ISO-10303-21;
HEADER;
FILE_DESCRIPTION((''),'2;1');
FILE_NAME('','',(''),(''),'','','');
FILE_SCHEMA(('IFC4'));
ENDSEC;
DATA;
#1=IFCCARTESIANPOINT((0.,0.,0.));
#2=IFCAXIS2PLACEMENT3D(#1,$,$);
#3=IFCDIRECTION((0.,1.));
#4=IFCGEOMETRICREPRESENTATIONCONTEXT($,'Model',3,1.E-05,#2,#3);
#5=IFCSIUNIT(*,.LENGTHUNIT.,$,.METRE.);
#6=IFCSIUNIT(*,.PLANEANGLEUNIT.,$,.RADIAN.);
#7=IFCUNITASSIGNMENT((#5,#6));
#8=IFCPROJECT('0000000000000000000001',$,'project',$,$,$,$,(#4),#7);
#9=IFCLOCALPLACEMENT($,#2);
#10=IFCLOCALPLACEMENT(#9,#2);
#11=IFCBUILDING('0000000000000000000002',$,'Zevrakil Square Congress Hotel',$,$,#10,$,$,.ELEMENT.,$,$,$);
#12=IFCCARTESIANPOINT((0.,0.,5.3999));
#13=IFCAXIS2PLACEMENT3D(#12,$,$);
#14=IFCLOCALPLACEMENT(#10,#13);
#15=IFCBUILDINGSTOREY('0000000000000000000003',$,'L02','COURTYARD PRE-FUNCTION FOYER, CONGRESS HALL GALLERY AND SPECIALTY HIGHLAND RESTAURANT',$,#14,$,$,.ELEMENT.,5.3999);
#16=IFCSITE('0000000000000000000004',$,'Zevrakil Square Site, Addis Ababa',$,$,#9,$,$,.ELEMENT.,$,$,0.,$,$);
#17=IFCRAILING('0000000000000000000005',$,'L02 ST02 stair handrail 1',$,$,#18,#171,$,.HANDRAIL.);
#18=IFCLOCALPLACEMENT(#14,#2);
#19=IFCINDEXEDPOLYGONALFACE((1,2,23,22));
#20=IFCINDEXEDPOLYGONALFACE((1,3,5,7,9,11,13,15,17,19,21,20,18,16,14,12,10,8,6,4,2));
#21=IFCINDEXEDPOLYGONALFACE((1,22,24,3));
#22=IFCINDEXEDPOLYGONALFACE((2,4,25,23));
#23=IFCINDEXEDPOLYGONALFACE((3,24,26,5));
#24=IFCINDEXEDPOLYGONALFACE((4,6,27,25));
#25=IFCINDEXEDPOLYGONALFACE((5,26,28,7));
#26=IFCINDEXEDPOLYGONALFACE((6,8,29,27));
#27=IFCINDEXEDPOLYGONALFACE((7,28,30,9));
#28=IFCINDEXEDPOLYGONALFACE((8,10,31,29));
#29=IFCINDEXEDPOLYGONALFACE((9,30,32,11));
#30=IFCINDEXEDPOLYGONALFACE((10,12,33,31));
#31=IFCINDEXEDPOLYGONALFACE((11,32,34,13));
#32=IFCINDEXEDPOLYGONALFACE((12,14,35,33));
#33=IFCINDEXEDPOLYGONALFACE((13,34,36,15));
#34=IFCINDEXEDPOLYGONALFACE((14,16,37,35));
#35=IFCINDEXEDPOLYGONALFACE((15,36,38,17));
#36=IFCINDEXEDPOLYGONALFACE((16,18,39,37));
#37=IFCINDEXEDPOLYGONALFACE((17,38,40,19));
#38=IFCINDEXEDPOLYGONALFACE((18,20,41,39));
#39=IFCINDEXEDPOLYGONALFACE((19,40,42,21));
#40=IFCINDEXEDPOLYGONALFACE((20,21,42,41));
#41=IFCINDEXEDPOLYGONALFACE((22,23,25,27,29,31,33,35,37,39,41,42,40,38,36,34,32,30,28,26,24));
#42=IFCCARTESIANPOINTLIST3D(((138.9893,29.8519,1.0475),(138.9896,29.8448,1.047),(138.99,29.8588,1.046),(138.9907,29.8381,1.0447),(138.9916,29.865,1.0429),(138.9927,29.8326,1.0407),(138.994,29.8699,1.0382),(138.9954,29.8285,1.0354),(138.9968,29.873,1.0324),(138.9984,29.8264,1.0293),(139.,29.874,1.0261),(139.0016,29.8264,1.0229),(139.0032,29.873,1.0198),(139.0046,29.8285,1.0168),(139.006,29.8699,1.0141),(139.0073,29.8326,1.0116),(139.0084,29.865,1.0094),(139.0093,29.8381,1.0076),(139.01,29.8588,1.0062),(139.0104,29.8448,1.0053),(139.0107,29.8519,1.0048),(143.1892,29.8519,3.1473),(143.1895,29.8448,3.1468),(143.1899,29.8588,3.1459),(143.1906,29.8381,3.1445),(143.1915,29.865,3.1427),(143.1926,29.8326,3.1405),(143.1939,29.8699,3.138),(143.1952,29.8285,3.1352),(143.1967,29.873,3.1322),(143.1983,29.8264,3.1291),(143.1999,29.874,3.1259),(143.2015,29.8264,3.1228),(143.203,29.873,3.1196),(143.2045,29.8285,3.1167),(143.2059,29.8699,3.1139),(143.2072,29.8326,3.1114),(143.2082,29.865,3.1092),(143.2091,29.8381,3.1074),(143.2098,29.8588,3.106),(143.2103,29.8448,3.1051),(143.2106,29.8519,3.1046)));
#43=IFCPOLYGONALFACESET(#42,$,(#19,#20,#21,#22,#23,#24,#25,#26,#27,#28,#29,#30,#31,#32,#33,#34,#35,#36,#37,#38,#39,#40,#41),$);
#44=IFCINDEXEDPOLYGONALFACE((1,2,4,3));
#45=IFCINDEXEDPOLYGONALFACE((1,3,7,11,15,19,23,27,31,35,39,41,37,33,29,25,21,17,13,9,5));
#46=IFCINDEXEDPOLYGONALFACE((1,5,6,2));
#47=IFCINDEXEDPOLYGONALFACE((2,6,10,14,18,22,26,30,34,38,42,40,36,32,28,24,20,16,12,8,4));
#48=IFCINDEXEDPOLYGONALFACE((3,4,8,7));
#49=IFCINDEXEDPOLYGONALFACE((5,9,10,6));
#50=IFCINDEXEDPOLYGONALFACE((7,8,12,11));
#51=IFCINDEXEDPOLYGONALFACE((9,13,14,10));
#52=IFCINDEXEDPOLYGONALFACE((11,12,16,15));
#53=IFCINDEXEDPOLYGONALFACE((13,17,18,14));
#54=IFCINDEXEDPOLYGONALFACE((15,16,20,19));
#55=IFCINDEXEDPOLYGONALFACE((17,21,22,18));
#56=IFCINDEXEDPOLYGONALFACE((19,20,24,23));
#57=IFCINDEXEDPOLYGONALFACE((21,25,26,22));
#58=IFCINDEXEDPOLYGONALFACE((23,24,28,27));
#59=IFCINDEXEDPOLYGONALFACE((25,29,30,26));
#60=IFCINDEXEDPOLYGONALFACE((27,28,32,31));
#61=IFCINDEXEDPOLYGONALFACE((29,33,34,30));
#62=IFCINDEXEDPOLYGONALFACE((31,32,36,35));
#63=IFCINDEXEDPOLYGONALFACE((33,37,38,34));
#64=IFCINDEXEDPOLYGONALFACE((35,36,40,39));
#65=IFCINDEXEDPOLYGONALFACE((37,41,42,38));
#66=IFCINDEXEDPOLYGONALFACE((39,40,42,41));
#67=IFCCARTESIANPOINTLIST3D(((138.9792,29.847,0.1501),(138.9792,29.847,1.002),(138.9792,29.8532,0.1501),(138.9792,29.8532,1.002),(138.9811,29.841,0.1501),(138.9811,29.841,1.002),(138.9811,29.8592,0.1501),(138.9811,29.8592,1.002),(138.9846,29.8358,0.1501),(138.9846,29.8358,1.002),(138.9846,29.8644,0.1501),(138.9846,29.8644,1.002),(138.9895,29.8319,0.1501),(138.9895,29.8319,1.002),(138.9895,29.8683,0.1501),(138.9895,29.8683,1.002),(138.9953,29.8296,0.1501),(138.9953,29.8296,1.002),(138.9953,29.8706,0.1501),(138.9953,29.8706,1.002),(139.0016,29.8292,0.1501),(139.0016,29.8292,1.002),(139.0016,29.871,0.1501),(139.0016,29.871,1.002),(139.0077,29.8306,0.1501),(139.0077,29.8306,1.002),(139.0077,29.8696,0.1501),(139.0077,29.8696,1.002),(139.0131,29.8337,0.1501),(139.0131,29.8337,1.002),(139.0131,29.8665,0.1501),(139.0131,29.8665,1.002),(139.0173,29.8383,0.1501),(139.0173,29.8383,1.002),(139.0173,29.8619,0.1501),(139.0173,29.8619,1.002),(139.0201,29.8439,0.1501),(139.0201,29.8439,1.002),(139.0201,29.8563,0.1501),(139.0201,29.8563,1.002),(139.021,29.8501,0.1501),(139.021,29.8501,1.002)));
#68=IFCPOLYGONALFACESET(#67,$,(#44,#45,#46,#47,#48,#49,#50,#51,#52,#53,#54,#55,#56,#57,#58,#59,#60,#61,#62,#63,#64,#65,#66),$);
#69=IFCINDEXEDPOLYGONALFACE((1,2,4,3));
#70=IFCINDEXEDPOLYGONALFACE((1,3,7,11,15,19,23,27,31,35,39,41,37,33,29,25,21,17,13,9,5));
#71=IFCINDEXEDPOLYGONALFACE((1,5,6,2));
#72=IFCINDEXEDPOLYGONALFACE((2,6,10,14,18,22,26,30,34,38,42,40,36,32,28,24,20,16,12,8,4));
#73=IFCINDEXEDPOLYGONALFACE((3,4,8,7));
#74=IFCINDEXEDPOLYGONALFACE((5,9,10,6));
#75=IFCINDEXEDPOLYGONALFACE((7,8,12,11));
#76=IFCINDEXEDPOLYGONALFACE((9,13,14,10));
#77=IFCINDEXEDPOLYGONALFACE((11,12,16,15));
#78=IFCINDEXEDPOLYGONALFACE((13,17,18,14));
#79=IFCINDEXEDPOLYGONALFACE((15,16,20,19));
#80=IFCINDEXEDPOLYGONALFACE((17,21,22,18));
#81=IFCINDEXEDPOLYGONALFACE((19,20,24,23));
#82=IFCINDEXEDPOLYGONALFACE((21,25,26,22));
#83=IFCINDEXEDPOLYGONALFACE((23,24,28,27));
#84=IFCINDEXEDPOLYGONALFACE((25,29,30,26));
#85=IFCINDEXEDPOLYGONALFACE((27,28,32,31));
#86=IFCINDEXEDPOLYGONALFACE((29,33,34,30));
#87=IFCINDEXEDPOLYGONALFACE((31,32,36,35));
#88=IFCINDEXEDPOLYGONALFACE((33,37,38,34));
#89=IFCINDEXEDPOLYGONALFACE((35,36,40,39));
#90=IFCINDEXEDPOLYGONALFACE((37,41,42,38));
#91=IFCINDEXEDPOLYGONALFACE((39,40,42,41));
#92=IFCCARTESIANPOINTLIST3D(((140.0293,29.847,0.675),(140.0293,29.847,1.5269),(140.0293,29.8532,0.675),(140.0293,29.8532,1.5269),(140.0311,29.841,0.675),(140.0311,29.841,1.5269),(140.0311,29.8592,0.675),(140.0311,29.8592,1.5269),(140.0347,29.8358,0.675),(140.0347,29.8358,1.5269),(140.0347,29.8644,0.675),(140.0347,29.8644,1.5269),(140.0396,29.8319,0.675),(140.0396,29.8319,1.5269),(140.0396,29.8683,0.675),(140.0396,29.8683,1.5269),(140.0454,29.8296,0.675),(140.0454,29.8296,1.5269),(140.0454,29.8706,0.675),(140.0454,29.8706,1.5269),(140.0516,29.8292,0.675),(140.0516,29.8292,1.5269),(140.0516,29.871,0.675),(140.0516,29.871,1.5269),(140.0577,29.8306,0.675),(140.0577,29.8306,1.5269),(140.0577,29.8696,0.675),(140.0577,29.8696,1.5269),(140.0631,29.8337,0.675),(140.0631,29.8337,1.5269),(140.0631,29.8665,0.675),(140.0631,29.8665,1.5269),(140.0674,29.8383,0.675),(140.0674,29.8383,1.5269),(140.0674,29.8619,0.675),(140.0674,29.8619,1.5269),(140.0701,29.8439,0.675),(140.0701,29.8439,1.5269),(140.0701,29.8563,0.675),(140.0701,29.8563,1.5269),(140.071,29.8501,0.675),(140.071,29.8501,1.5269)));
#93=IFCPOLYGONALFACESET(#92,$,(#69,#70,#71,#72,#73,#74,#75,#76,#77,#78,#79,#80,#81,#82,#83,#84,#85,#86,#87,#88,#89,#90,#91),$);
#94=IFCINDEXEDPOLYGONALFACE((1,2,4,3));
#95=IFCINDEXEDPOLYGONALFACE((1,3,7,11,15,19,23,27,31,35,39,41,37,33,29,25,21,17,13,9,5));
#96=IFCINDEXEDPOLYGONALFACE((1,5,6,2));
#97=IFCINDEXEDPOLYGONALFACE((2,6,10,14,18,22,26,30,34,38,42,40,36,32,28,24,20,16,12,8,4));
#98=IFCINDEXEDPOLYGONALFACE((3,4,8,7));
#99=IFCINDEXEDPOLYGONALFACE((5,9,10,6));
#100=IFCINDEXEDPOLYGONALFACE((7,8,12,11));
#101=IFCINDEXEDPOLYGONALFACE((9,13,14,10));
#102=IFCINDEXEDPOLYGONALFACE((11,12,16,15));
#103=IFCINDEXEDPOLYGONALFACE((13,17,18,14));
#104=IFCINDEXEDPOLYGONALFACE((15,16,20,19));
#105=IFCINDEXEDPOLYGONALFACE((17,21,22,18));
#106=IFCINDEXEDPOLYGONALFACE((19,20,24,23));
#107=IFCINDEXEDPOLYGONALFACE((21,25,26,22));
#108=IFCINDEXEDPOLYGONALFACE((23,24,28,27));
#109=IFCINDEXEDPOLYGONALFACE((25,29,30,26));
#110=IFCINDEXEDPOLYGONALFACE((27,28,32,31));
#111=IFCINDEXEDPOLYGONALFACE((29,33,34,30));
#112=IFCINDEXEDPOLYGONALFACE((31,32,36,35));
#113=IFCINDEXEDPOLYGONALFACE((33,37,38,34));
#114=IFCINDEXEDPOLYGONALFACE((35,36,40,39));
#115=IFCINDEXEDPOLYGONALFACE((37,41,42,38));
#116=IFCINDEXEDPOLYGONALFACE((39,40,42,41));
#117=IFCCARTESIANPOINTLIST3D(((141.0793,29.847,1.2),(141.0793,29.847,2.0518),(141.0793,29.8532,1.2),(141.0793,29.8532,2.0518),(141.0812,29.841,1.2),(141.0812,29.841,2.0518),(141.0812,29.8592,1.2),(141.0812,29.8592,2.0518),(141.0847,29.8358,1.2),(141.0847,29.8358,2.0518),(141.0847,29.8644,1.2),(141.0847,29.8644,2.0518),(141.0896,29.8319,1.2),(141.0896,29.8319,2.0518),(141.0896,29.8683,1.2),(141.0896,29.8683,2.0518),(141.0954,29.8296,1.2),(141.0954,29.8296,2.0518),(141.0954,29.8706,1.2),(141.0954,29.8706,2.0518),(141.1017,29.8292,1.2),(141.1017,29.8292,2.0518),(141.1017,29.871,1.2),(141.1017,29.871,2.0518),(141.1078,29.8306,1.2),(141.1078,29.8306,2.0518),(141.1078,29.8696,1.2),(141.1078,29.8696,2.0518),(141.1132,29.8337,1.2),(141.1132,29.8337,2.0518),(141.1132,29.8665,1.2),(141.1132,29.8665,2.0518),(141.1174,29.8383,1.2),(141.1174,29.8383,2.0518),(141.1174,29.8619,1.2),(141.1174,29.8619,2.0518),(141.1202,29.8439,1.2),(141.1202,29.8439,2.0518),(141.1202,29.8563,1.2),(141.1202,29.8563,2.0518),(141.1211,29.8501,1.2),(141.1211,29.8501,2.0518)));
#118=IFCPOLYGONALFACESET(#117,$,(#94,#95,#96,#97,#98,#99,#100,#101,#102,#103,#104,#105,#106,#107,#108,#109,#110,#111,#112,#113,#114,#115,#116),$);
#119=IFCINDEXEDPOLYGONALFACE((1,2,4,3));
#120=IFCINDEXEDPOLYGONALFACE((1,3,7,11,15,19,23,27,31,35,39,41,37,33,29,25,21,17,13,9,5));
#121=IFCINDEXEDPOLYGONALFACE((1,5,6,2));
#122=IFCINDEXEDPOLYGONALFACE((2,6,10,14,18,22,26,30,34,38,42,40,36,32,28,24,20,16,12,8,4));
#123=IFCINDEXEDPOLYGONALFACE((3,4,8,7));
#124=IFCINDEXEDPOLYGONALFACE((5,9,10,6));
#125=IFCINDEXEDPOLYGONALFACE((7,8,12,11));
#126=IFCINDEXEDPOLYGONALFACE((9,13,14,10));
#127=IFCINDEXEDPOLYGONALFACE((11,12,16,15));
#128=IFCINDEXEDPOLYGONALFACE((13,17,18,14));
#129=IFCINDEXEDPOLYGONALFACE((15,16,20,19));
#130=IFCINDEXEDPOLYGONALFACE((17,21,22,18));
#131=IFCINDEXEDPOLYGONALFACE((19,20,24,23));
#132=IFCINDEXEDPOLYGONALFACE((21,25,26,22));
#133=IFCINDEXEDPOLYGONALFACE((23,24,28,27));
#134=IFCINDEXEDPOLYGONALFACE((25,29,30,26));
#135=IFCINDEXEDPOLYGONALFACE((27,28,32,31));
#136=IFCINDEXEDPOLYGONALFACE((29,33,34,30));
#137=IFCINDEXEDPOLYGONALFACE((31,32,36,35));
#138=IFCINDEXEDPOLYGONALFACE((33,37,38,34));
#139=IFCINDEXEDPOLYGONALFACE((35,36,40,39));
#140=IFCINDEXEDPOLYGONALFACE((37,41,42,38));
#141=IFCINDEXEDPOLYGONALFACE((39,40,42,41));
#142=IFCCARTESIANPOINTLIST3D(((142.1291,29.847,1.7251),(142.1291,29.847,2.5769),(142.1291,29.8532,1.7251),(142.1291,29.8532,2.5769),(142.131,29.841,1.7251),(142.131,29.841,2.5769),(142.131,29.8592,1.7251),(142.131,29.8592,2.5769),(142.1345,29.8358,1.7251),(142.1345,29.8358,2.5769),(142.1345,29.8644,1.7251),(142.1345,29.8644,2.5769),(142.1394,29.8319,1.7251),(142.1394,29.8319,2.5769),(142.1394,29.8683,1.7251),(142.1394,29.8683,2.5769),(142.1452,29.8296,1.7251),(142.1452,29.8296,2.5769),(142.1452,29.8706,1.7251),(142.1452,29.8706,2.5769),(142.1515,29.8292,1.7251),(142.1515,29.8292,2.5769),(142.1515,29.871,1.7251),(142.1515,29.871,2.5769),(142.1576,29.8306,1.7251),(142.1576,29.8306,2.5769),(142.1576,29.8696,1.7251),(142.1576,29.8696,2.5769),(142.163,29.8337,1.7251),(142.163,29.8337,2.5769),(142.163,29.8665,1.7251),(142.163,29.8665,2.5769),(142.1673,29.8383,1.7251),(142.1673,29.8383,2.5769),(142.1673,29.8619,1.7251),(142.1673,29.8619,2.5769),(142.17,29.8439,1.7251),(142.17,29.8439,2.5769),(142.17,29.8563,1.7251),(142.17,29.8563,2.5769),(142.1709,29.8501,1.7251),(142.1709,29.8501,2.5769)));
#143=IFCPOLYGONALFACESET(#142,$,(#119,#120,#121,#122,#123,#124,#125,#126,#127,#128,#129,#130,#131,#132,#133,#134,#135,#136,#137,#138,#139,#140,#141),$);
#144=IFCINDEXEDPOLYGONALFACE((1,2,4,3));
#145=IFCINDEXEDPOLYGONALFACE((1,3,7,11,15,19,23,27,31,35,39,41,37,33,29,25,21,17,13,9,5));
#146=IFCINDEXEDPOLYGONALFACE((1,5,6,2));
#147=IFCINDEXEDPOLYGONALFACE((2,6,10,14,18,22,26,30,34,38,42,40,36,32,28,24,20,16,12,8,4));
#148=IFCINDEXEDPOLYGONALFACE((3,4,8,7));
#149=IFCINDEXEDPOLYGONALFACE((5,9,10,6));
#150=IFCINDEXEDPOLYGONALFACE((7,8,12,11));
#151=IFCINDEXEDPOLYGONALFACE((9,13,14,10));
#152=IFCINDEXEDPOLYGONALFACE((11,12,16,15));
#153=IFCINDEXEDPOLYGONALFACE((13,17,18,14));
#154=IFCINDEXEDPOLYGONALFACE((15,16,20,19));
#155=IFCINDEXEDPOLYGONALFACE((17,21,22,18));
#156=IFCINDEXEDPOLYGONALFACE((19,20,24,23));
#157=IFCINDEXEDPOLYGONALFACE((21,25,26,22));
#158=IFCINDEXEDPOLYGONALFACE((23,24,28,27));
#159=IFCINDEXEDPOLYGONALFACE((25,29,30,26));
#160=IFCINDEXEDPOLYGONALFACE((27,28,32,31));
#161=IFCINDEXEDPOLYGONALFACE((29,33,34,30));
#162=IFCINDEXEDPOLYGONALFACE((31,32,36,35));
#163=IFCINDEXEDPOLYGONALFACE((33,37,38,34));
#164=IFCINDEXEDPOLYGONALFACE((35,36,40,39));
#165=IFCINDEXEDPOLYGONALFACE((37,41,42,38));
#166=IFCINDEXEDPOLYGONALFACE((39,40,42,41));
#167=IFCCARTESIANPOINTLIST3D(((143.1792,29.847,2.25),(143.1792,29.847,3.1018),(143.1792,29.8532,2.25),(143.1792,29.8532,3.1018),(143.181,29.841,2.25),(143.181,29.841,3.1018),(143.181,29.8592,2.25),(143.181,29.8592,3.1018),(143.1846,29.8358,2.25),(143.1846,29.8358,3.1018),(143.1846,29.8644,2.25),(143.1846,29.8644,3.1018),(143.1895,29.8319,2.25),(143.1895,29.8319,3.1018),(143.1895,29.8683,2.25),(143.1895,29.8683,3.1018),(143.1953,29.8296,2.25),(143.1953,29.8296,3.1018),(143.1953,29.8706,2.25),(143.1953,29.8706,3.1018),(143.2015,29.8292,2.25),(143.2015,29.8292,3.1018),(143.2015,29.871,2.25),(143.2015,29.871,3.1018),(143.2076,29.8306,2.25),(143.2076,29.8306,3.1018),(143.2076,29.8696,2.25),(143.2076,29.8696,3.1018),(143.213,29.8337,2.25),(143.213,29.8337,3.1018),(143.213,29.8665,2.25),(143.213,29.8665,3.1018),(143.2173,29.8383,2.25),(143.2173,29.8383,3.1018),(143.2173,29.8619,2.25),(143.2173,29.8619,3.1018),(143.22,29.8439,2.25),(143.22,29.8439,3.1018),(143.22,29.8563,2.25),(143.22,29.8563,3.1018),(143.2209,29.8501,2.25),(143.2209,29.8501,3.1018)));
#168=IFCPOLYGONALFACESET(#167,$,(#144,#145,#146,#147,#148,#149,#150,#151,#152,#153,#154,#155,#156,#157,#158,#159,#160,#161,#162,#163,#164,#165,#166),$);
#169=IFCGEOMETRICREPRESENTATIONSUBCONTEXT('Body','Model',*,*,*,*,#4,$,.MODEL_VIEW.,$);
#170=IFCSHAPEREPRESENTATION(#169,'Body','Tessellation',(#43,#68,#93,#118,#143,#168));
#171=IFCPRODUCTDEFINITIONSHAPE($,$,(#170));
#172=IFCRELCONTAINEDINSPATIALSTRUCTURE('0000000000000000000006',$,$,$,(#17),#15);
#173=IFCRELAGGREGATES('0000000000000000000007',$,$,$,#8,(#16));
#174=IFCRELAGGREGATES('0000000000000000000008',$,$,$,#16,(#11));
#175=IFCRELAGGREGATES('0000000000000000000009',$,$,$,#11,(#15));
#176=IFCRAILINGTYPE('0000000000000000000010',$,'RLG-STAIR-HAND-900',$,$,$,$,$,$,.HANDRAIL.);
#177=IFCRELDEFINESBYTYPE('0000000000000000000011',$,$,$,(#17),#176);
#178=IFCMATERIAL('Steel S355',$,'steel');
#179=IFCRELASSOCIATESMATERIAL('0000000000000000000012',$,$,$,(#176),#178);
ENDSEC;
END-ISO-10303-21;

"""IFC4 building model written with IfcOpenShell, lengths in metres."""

from ifc_helpers import new_model, si_unit, direction, frame, origin, origin_2d, place, context, subcontext, project, spatial, circle, extrude, material, type_object, element, save


model = new_model("IFC4")

# Units and contexts
model_context = context("Model", 3, precision=1e-05, world=origin(), true_north=direction((0.0, 1.0)))
body_context = subcontext(model_context, "Body", "Model", "MODEL_VIEW")
ifc_project = project(units=[si_unit("LENGTHUNIT", "METRE"), si_unit("PLANEANGLEUNIT", "RADIAN")], contexts=[model_context])

# Site, building, storey
site_placement = place(None, origin())
site = spatial("IfcSite", under=ifc_project, at=site_placement, Name="Zevrakil Square Site, Addis Ababa", CompositionType="ELEMENT", RefElevation=0.0)
building_placement = place(site_placement, origin())
building = spatial("IfcBuilding", under=site, at=building_placement, Name="Zevrakil Square Congress Hotel", CompositionType="ELEMENT")
storey_placement = place(building_placement, frame((0.0, 0.0, 5.3999)))
storey = spatial("IfcBuildingStorey", under=building, at=storey_placement, Name="L02", Description="COURTYARD PRE-FUNCTION FOYER, CONGRESS HALL GALLERY AND SPECIALTY HIGHLAND RESTAURANT", CompositionType="ELEMENT", Elevation=5.3999)

# Railing
ifc_material_1 = material(Name="Steel S355", Category="steel")
railing_type_1 = type_object("IfcRailingType", Name="RLG-STAIR-HAND-900", PredefinedType="HANDRAIL", material=ifc_material_1)
railing_1_placement = place(storey_placement, frame((139.0, 29.8501, 0.1501)))
element("IfcRailing", 1, at=railing_1_placement, inside=storey, type_object=railing_type_1, Name="L02 ST02 stair handrail 1", PredefinedType="HANDRAIL", context=body_context, shape_type="SweptSolid", body=[
    extrude(circle(Radius=0.0239, at=origin_2d()), frame((0.0, 0.0, 0.876), z_axis=(0.894438, 0.0, 0.447193), x_axis=(0.0, 1.0, 0.0)), (0.0, 0.0, 1.0), 4.6956),
    extrude(circle(Radius=0.021, at=origin_2d()), origin(), (0.0, 0.0, 1.0), 0.8518),
    extrude(circle(Radius=0.021, at=origin_2d()), frame((1.05, 0.0, 0.5249)), (0.0, 0.0, 1.0), 0.8518),
    extrude(circle(Radius=0.021, at=origin_2d()), frame((2.1001, 0.0, 1.0498)), (0.0, 0.0, 1.0), 0.8518),
    extrude(circle(Radius=0.021, at=origin_2d()), frame((3.1499, 0.0, 1.575)), (0.0, 0.0, 1.0), 0.8518),
    extrude(circle(Radius=0.021, at=origin_2d()), frame((4.2, 0.0, 2.0999)), (0.0, 0.0, 1.0), 0.8518),
])

save(model, "model.ifc")
